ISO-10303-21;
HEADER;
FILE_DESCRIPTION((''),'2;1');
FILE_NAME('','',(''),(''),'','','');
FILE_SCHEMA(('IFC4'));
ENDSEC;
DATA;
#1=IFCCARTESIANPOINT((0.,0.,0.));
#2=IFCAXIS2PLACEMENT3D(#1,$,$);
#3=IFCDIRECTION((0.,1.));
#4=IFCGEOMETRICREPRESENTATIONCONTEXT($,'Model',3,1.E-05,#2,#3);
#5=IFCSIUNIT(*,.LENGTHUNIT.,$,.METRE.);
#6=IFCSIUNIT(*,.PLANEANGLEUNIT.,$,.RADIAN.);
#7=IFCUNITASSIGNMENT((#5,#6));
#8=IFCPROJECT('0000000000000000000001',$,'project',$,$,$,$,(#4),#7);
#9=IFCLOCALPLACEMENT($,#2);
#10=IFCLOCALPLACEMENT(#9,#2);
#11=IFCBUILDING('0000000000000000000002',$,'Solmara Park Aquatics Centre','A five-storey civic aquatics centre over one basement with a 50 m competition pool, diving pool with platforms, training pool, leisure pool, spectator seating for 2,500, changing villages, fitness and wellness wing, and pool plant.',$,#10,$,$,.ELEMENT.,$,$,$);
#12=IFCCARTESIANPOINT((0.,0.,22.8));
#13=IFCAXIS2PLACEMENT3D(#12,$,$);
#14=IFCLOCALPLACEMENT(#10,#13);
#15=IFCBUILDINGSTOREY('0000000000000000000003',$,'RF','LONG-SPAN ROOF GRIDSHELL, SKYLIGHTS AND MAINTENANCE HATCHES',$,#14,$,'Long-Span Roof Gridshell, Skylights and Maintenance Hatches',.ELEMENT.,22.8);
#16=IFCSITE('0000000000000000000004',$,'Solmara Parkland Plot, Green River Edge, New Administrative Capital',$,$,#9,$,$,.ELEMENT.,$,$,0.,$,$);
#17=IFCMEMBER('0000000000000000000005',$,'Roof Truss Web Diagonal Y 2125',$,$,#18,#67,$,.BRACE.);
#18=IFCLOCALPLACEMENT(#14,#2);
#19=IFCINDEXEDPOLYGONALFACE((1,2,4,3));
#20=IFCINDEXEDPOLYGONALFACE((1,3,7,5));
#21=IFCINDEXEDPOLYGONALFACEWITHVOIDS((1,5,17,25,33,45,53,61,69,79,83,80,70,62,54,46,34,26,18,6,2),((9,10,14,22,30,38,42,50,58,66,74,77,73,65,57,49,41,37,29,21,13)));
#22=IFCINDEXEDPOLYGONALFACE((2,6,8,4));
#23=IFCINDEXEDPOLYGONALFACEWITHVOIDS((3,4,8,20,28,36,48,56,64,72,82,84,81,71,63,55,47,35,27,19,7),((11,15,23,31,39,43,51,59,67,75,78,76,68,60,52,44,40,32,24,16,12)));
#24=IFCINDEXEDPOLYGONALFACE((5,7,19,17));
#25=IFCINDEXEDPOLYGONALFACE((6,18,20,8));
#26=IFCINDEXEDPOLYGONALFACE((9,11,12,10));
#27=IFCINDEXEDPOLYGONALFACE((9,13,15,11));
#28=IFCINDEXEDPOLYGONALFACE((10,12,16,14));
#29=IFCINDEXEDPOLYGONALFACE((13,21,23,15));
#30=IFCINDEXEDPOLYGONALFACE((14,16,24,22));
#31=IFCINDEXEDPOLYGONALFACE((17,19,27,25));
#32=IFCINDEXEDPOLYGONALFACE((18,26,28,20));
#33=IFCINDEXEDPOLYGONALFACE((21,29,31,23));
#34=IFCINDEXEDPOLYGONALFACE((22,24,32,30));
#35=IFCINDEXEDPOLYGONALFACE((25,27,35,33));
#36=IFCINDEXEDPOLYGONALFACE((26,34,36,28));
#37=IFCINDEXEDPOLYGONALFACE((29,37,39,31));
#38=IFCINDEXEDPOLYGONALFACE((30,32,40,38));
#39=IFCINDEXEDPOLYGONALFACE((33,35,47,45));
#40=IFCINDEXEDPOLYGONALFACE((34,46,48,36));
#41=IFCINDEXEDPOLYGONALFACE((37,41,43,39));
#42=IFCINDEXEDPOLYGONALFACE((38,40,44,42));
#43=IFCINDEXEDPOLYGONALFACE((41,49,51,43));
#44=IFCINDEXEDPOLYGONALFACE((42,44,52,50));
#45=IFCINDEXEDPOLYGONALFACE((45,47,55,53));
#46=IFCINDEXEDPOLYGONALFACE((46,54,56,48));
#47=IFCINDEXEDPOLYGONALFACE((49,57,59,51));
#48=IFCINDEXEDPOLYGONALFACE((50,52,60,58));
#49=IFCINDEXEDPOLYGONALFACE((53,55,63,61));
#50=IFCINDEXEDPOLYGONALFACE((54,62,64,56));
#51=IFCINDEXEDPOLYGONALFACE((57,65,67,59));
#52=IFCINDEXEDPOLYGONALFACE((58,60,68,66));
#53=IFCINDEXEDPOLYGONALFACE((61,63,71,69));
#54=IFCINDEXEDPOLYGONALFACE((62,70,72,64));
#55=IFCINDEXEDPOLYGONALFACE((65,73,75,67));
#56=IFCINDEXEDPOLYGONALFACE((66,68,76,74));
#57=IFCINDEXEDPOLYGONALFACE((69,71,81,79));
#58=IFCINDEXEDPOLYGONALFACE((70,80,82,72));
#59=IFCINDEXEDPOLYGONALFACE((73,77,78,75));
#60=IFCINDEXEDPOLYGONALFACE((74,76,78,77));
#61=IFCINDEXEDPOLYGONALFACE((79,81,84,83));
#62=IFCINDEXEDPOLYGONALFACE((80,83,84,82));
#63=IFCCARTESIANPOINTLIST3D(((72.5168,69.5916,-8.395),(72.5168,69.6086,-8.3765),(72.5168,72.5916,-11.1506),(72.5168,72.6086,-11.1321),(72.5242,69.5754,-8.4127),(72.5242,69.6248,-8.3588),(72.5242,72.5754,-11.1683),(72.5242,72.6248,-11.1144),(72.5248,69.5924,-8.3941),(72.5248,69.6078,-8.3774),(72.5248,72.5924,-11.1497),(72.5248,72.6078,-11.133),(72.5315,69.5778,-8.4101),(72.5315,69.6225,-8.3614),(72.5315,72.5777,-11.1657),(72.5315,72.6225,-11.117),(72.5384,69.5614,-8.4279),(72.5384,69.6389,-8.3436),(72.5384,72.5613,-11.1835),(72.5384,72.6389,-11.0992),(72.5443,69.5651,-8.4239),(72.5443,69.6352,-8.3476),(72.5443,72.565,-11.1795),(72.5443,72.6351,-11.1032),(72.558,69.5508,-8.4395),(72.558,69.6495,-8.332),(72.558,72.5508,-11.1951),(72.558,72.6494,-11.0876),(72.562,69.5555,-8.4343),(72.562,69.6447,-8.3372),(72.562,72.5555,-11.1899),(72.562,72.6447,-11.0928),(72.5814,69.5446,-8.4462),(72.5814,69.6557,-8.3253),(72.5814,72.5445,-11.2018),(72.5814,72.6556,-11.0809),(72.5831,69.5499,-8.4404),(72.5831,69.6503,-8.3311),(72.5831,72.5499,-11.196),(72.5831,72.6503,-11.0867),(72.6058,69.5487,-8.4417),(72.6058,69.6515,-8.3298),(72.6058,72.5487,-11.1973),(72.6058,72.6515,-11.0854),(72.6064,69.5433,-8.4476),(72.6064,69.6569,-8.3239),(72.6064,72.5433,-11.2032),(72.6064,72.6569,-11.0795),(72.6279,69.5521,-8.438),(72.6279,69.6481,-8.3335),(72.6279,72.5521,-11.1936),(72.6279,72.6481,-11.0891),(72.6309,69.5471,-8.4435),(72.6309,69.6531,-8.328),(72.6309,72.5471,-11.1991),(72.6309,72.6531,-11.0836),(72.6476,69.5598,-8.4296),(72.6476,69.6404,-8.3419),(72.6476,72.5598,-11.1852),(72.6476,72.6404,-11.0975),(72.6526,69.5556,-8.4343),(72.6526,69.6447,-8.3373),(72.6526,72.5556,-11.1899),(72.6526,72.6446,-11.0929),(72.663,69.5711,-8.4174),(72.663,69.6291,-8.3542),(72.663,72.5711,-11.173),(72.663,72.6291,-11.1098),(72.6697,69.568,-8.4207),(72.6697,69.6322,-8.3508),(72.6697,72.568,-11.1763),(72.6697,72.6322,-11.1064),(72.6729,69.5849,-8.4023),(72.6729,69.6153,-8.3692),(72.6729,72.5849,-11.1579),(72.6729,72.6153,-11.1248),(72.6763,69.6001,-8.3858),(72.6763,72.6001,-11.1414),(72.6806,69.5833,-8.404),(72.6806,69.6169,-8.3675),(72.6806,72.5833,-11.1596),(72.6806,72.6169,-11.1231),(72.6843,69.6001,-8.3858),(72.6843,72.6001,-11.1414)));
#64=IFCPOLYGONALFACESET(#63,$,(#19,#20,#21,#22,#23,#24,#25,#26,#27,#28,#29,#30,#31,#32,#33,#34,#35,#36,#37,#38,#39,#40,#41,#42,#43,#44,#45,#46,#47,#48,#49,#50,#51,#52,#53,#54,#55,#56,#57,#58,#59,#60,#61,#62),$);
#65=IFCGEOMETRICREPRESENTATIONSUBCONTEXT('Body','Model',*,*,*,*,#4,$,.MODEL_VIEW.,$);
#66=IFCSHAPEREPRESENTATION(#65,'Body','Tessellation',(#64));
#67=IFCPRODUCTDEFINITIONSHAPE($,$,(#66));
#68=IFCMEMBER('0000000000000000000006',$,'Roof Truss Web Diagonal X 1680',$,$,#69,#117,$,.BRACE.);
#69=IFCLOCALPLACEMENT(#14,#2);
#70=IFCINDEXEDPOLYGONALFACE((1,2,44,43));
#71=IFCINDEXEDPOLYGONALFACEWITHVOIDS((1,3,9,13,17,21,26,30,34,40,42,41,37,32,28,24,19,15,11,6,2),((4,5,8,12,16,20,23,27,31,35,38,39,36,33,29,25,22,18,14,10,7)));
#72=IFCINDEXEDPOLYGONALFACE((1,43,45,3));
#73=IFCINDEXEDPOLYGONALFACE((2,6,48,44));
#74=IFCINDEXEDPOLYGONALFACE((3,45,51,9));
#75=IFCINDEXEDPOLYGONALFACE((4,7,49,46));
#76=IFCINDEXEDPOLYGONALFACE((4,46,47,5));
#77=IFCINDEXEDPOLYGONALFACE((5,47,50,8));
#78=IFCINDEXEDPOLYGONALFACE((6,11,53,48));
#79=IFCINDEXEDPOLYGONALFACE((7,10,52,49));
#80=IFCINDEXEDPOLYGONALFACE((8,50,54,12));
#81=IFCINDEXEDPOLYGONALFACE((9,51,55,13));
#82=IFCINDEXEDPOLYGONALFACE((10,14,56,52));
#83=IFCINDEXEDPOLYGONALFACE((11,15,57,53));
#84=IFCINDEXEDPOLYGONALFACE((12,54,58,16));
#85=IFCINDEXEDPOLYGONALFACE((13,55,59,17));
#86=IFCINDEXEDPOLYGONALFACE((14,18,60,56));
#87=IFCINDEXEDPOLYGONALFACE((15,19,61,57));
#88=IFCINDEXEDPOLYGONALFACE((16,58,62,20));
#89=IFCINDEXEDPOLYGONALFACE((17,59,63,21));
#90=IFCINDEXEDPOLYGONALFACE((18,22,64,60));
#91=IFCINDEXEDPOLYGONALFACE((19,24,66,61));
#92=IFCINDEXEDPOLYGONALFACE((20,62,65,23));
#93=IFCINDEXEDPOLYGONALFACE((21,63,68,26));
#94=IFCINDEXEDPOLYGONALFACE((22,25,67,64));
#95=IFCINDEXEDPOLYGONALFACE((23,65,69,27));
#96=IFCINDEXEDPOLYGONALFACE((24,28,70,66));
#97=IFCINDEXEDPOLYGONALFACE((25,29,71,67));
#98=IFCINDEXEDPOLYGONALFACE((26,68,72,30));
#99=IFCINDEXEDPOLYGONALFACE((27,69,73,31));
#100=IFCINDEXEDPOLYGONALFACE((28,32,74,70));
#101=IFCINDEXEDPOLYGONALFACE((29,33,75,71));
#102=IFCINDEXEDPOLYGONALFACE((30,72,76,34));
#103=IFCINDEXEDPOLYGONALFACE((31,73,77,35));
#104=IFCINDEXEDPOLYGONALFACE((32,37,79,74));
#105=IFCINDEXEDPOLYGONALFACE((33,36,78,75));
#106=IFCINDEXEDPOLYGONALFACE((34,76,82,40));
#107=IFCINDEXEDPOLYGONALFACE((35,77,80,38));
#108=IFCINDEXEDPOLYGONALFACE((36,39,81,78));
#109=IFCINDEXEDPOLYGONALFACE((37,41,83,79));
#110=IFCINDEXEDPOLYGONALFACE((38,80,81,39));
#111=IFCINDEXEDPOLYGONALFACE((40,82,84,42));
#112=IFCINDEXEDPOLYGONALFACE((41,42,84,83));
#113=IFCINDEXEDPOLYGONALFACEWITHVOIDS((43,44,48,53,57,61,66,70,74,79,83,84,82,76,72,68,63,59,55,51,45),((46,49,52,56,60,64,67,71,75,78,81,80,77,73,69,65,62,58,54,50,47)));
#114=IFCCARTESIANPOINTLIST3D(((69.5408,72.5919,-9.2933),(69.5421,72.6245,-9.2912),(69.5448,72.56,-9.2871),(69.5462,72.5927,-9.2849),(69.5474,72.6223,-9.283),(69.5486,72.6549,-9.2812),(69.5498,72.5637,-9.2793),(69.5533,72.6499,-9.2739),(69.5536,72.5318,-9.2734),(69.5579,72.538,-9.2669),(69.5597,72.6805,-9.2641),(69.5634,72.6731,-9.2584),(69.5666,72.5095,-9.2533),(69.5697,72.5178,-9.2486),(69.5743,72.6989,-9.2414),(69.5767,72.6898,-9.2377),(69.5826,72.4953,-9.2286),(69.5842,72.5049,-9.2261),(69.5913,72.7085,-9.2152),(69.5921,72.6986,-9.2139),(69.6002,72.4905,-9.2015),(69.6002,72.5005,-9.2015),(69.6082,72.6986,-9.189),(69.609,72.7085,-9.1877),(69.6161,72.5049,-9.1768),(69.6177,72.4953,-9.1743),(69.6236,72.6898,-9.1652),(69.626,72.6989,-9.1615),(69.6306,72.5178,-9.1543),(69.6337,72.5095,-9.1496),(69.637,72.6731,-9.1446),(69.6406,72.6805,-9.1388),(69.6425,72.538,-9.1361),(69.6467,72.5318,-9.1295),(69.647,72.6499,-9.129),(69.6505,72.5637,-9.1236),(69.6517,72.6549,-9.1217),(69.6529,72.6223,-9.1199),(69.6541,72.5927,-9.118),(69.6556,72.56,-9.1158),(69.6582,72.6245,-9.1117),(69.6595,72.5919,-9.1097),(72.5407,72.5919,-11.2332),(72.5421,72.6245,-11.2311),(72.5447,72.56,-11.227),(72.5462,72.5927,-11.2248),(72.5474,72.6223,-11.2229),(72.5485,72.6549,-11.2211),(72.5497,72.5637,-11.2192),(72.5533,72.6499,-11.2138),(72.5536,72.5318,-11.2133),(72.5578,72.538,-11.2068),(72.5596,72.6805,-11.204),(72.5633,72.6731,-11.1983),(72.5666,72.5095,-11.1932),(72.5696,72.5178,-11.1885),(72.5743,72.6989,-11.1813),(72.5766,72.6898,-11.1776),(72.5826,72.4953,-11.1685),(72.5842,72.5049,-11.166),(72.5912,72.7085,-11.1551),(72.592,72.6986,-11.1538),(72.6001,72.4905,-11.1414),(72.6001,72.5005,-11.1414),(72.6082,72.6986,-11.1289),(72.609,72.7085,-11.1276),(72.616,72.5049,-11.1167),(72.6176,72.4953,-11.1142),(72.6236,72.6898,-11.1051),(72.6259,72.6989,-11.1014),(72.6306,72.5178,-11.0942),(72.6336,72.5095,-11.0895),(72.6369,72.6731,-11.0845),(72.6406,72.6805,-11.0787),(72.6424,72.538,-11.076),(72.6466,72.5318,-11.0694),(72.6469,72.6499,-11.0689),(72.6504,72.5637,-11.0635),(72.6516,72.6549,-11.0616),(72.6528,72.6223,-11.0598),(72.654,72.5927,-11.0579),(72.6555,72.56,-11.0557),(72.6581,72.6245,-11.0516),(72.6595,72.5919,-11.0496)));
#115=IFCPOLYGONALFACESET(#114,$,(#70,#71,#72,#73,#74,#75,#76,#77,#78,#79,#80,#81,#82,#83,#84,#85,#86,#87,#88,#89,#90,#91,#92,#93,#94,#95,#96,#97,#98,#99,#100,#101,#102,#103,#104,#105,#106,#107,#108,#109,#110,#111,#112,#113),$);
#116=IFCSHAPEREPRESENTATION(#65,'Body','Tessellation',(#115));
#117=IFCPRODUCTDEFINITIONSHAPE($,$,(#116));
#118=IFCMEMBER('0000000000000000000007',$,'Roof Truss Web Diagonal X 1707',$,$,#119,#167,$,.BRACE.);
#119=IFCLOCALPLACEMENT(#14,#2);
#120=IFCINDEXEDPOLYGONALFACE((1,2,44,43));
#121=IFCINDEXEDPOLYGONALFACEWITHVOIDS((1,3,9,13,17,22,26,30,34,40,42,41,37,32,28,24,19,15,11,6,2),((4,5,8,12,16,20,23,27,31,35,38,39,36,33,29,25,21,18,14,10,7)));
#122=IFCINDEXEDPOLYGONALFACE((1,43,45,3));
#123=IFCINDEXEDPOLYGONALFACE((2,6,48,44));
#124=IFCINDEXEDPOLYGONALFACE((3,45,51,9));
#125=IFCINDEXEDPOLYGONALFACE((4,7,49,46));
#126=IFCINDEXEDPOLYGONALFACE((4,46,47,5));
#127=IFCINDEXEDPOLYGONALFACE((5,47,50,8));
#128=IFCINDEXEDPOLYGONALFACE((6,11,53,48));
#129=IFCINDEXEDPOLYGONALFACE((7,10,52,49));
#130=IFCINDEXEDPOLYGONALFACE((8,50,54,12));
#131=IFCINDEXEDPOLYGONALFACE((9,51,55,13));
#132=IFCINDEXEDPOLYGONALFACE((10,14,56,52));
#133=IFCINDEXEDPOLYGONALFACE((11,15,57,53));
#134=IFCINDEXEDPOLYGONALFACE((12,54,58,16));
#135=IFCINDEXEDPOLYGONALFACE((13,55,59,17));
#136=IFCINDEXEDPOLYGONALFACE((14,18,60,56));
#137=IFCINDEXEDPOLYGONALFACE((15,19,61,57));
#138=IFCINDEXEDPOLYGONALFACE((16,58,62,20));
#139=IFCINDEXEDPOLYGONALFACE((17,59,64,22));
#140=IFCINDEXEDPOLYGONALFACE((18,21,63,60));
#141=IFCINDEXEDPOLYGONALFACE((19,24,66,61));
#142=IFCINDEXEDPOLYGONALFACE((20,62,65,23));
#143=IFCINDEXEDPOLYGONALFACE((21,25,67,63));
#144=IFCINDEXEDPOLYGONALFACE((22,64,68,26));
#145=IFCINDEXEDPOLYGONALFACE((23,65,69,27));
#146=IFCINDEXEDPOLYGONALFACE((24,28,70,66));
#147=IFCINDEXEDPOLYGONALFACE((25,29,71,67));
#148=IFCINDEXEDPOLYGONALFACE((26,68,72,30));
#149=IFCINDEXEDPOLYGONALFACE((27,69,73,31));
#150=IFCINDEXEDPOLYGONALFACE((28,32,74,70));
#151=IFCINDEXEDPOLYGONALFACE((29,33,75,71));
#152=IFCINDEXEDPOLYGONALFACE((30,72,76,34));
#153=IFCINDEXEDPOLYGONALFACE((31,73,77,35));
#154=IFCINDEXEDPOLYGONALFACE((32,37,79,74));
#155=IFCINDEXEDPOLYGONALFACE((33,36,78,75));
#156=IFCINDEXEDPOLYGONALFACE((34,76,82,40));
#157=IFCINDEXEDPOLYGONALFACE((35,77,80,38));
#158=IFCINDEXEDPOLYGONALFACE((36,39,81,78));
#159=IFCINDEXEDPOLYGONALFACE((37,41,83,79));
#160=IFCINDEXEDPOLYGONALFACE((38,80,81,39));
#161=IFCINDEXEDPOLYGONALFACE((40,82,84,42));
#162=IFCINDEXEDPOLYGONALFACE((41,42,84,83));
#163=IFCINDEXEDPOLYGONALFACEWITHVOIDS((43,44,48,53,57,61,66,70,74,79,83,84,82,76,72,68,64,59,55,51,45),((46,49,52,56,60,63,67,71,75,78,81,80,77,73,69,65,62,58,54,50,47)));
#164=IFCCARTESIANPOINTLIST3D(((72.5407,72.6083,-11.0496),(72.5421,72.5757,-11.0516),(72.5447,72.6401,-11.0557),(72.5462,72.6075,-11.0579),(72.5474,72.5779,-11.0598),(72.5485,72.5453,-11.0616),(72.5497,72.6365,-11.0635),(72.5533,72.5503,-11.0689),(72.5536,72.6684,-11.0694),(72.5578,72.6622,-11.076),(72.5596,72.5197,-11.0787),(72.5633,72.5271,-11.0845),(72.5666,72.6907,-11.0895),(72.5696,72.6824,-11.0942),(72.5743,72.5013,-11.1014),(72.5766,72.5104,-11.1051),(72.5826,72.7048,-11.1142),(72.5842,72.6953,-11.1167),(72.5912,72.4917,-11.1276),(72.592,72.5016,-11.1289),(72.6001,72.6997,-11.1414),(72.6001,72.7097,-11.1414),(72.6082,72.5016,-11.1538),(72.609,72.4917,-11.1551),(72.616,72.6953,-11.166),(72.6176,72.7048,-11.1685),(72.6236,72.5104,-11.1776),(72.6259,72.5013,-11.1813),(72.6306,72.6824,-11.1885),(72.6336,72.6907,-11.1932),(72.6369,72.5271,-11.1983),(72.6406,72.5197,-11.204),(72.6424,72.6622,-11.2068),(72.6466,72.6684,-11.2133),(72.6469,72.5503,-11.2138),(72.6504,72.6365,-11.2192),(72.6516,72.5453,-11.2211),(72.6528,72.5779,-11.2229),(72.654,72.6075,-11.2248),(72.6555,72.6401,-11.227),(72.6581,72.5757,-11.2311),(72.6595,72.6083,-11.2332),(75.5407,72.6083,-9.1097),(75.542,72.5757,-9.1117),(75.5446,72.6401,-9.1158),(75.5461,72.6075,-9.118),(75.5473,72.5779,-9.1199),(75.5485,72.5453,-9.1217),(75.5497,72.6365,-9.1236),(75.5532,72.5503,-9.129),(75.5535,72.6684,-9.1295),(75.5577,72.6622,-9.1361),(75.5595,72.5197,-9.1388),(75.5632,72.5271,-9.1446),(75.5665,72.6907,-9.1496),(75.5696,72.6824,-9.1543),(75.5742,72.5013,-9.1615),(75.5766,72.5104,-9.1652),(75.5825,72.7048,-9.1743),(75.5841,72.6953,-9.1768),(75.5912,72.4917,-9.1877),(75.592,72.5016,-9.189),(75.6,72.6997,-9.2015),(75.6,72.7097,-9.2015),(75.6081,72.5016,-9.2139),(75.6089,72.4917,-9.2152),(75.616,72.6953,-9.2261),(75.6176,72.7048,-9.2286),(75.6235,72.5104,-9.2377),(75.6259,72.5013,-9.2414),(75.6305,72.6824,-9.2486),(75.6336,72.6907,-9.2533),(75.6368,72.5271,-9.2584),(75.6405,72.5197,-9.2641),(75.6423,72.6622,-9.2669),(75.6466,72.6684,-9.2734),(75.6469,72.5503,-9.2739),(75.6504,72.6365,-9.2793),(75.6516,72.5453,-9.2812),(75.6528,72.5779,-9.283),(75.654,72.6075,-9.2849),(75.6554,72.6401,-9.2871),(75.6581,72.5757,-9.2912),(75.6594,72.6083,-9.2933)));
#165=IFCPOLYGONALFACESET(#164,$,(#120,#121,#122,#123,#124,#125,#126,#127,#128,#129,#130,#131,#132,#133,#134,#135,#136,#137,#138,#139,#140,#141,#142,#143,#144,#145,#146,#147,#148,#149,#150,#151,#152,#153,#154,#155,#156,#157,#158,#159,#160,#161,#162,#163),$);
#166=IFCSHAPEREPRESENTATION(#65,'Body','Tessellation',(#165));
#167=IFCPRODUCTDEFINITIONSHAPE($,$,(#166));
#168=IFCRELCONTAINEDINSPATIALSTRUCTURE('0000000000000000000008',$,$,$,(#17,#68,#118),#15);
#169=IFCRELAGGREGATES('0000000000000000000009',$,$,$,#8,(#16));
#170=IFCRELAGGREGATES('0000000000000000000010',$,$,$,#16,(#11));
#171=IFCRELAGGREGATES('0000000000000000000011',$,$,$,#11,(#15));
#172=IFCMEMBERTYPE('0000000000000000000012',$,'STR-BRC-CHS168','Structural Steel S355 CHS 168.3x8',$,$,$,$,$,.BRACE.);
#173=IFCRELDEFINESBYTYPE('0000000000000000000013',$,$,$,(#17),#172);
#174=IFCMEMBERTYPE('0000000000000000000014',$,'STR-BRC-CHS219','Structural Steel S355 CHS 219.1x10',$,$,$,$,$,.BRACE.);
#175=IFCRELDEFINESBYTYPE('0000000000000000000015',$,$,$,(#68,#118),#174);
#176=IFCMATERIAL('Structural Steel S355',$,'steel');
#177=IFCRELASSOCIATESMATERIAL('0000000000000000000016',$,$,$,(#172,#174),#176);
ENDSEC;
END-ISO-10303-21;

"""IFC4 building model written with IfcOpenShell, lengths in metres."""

from ifc_helpers import new_model, si_unit, direction, frame, origin, origin_2d, place, context, subcontext, project, spatial, hollow_circle, extrude, material, material_profile, profile_set, type_object, element, save


model = new_model("IFC4")

# Units and contexts
model_context = context("Model", 3, precision=1e-05, world=origin(), true_north=direction((0.0, 1.0)))
body_context = subcontext(model_context, "Body", "Model", "MODEL_VIEW")
ifc_project = project(units=[si_unit("LENGTHUNIT", "METRE"), si_unit("PLANEANGLEUNIT", "RADIAN")], contexts=[model_context])

# Site, building, storey
site_placement = place(None, origin())
site = spatial("IfcSite", under=ifc_project, at=site_placement, Name="Solmara Parkland Plot, Green River Edge, New Administrative Capital", CompositionType="ELEMENT", RefElevation=0.0)
building_placement = place(site_placement, origin())
building = spatial("IfcBuilding", under=site, at=building_placement, Name="Solmara Park Aquatics Centre", Description="A five-storey civic aquatics centre over one basement with a 50 m competition pool, diving pool with platforms, training pool, leisure pool, spectator seating for 2,500, changing villages, fitness and wellness wing, and pool plant.", CompositionType="ELEMENT")
storey_placement = place(building_placement, frame((0.0, 0.0, 22.8)))
storey = spatial("IfcBuildingStorey", under=building, at=storey_placement, Name="RF", Description="LONG-SPAN ROOF GRIDSHELL, SKYLIGHTS AND MAINTENANCE HATCHES", LongName="Long-Span Roof Gridshell, Skylights and Maintenance Hatches", CompositionType="ELEMENT", Elevation=22.8)

# Members
ifc_material_1 = material(Name="Structural Steel S355", Category="steel")
ifc_material_profile_1 = material_profile(ifc_material_1, hollow_circle(Radius=0.0842, WallThickness=0.0081, at=origin_2d()), Name="CHS 168.3x8")
ifc_profile_set_1 = profile_set([ifc_material_profile_1], Name="Structural Steel S355")
member_type_1 = type_object("IfcMemberType", Name="STR-BRC-CHS168", Description="Structural Steel S355 CHS 168.3x8", PredefinedType="BRACE", material=ifc_profile_set_1)
member_1_placement = place(storey_placement, frame((72.6001, 72.6001, -11.1414), z_axis=(0.0, -0.736467, 0.676473), x_axis=(1.0, 0.0, 0.0)))
element("IfcMember", 1, at=member_1_placement, inside=storey, type_object=member_type_1, Name="Roof Truss Web Diagonal Y 2125", PredefinedType="BRACE", context=body_context, shape_type="SweptSolid", body=[
    extrude(hollow_circle(Radius=0.0842, WallThickness=0.0081, at=origin_2d()), origin(), (0.0, 0.0, 1.0), 4.0735),
])
ifc_material_profile_2 = material_profile(ifc_material_1, hollow_circle(Radius=0.1096, WallThickness=0.01, at=origin_2d()), Name="CHS 219.1x10")
ifc_profile_set_2 = profile_set([ifc_material_profile_2], Name="Structural Steel S355")
member_type_2 = type_object("IfcMemberType", Name="STR-BRC-CHS219", Description="Structural Steel S355 CHS 219.1x10", PredefinedType="BRACE", material=ifc_profile_set_2)
for number, where, z_axis, x_axis, name in (
    (2, (72.6001, 72.6001, -11.1414), (-0.839728, 0.0, 0.543008), (0.0, -1.0, 0.0), "Roof Truss Web Diagonal X 1680"),
    (3, (72.6001, 72.6001, -11.1414), (0.839728, 0.0, 0.543008), (0.0, 1.0, 0.0), "Roof Truss Web Diagonal X 1707"),
):
    element("IfcMember", number, at=place(storey_placement, frame(where, z_axis=z_axis, x_axis=x_axis)), inside=storey, type_object=member_type_2, Name=name, PredefinedType="BRACE", context=body_context, shape_type="SweptSolid", body=[
        extrude(hollow_circle(Radius=0.1096, WallThickness=0.01, at=origin_2d()), origin(), (0.0, 0.0, 1.0), 3.5725),
    ])

save(model, "model.ifc")
